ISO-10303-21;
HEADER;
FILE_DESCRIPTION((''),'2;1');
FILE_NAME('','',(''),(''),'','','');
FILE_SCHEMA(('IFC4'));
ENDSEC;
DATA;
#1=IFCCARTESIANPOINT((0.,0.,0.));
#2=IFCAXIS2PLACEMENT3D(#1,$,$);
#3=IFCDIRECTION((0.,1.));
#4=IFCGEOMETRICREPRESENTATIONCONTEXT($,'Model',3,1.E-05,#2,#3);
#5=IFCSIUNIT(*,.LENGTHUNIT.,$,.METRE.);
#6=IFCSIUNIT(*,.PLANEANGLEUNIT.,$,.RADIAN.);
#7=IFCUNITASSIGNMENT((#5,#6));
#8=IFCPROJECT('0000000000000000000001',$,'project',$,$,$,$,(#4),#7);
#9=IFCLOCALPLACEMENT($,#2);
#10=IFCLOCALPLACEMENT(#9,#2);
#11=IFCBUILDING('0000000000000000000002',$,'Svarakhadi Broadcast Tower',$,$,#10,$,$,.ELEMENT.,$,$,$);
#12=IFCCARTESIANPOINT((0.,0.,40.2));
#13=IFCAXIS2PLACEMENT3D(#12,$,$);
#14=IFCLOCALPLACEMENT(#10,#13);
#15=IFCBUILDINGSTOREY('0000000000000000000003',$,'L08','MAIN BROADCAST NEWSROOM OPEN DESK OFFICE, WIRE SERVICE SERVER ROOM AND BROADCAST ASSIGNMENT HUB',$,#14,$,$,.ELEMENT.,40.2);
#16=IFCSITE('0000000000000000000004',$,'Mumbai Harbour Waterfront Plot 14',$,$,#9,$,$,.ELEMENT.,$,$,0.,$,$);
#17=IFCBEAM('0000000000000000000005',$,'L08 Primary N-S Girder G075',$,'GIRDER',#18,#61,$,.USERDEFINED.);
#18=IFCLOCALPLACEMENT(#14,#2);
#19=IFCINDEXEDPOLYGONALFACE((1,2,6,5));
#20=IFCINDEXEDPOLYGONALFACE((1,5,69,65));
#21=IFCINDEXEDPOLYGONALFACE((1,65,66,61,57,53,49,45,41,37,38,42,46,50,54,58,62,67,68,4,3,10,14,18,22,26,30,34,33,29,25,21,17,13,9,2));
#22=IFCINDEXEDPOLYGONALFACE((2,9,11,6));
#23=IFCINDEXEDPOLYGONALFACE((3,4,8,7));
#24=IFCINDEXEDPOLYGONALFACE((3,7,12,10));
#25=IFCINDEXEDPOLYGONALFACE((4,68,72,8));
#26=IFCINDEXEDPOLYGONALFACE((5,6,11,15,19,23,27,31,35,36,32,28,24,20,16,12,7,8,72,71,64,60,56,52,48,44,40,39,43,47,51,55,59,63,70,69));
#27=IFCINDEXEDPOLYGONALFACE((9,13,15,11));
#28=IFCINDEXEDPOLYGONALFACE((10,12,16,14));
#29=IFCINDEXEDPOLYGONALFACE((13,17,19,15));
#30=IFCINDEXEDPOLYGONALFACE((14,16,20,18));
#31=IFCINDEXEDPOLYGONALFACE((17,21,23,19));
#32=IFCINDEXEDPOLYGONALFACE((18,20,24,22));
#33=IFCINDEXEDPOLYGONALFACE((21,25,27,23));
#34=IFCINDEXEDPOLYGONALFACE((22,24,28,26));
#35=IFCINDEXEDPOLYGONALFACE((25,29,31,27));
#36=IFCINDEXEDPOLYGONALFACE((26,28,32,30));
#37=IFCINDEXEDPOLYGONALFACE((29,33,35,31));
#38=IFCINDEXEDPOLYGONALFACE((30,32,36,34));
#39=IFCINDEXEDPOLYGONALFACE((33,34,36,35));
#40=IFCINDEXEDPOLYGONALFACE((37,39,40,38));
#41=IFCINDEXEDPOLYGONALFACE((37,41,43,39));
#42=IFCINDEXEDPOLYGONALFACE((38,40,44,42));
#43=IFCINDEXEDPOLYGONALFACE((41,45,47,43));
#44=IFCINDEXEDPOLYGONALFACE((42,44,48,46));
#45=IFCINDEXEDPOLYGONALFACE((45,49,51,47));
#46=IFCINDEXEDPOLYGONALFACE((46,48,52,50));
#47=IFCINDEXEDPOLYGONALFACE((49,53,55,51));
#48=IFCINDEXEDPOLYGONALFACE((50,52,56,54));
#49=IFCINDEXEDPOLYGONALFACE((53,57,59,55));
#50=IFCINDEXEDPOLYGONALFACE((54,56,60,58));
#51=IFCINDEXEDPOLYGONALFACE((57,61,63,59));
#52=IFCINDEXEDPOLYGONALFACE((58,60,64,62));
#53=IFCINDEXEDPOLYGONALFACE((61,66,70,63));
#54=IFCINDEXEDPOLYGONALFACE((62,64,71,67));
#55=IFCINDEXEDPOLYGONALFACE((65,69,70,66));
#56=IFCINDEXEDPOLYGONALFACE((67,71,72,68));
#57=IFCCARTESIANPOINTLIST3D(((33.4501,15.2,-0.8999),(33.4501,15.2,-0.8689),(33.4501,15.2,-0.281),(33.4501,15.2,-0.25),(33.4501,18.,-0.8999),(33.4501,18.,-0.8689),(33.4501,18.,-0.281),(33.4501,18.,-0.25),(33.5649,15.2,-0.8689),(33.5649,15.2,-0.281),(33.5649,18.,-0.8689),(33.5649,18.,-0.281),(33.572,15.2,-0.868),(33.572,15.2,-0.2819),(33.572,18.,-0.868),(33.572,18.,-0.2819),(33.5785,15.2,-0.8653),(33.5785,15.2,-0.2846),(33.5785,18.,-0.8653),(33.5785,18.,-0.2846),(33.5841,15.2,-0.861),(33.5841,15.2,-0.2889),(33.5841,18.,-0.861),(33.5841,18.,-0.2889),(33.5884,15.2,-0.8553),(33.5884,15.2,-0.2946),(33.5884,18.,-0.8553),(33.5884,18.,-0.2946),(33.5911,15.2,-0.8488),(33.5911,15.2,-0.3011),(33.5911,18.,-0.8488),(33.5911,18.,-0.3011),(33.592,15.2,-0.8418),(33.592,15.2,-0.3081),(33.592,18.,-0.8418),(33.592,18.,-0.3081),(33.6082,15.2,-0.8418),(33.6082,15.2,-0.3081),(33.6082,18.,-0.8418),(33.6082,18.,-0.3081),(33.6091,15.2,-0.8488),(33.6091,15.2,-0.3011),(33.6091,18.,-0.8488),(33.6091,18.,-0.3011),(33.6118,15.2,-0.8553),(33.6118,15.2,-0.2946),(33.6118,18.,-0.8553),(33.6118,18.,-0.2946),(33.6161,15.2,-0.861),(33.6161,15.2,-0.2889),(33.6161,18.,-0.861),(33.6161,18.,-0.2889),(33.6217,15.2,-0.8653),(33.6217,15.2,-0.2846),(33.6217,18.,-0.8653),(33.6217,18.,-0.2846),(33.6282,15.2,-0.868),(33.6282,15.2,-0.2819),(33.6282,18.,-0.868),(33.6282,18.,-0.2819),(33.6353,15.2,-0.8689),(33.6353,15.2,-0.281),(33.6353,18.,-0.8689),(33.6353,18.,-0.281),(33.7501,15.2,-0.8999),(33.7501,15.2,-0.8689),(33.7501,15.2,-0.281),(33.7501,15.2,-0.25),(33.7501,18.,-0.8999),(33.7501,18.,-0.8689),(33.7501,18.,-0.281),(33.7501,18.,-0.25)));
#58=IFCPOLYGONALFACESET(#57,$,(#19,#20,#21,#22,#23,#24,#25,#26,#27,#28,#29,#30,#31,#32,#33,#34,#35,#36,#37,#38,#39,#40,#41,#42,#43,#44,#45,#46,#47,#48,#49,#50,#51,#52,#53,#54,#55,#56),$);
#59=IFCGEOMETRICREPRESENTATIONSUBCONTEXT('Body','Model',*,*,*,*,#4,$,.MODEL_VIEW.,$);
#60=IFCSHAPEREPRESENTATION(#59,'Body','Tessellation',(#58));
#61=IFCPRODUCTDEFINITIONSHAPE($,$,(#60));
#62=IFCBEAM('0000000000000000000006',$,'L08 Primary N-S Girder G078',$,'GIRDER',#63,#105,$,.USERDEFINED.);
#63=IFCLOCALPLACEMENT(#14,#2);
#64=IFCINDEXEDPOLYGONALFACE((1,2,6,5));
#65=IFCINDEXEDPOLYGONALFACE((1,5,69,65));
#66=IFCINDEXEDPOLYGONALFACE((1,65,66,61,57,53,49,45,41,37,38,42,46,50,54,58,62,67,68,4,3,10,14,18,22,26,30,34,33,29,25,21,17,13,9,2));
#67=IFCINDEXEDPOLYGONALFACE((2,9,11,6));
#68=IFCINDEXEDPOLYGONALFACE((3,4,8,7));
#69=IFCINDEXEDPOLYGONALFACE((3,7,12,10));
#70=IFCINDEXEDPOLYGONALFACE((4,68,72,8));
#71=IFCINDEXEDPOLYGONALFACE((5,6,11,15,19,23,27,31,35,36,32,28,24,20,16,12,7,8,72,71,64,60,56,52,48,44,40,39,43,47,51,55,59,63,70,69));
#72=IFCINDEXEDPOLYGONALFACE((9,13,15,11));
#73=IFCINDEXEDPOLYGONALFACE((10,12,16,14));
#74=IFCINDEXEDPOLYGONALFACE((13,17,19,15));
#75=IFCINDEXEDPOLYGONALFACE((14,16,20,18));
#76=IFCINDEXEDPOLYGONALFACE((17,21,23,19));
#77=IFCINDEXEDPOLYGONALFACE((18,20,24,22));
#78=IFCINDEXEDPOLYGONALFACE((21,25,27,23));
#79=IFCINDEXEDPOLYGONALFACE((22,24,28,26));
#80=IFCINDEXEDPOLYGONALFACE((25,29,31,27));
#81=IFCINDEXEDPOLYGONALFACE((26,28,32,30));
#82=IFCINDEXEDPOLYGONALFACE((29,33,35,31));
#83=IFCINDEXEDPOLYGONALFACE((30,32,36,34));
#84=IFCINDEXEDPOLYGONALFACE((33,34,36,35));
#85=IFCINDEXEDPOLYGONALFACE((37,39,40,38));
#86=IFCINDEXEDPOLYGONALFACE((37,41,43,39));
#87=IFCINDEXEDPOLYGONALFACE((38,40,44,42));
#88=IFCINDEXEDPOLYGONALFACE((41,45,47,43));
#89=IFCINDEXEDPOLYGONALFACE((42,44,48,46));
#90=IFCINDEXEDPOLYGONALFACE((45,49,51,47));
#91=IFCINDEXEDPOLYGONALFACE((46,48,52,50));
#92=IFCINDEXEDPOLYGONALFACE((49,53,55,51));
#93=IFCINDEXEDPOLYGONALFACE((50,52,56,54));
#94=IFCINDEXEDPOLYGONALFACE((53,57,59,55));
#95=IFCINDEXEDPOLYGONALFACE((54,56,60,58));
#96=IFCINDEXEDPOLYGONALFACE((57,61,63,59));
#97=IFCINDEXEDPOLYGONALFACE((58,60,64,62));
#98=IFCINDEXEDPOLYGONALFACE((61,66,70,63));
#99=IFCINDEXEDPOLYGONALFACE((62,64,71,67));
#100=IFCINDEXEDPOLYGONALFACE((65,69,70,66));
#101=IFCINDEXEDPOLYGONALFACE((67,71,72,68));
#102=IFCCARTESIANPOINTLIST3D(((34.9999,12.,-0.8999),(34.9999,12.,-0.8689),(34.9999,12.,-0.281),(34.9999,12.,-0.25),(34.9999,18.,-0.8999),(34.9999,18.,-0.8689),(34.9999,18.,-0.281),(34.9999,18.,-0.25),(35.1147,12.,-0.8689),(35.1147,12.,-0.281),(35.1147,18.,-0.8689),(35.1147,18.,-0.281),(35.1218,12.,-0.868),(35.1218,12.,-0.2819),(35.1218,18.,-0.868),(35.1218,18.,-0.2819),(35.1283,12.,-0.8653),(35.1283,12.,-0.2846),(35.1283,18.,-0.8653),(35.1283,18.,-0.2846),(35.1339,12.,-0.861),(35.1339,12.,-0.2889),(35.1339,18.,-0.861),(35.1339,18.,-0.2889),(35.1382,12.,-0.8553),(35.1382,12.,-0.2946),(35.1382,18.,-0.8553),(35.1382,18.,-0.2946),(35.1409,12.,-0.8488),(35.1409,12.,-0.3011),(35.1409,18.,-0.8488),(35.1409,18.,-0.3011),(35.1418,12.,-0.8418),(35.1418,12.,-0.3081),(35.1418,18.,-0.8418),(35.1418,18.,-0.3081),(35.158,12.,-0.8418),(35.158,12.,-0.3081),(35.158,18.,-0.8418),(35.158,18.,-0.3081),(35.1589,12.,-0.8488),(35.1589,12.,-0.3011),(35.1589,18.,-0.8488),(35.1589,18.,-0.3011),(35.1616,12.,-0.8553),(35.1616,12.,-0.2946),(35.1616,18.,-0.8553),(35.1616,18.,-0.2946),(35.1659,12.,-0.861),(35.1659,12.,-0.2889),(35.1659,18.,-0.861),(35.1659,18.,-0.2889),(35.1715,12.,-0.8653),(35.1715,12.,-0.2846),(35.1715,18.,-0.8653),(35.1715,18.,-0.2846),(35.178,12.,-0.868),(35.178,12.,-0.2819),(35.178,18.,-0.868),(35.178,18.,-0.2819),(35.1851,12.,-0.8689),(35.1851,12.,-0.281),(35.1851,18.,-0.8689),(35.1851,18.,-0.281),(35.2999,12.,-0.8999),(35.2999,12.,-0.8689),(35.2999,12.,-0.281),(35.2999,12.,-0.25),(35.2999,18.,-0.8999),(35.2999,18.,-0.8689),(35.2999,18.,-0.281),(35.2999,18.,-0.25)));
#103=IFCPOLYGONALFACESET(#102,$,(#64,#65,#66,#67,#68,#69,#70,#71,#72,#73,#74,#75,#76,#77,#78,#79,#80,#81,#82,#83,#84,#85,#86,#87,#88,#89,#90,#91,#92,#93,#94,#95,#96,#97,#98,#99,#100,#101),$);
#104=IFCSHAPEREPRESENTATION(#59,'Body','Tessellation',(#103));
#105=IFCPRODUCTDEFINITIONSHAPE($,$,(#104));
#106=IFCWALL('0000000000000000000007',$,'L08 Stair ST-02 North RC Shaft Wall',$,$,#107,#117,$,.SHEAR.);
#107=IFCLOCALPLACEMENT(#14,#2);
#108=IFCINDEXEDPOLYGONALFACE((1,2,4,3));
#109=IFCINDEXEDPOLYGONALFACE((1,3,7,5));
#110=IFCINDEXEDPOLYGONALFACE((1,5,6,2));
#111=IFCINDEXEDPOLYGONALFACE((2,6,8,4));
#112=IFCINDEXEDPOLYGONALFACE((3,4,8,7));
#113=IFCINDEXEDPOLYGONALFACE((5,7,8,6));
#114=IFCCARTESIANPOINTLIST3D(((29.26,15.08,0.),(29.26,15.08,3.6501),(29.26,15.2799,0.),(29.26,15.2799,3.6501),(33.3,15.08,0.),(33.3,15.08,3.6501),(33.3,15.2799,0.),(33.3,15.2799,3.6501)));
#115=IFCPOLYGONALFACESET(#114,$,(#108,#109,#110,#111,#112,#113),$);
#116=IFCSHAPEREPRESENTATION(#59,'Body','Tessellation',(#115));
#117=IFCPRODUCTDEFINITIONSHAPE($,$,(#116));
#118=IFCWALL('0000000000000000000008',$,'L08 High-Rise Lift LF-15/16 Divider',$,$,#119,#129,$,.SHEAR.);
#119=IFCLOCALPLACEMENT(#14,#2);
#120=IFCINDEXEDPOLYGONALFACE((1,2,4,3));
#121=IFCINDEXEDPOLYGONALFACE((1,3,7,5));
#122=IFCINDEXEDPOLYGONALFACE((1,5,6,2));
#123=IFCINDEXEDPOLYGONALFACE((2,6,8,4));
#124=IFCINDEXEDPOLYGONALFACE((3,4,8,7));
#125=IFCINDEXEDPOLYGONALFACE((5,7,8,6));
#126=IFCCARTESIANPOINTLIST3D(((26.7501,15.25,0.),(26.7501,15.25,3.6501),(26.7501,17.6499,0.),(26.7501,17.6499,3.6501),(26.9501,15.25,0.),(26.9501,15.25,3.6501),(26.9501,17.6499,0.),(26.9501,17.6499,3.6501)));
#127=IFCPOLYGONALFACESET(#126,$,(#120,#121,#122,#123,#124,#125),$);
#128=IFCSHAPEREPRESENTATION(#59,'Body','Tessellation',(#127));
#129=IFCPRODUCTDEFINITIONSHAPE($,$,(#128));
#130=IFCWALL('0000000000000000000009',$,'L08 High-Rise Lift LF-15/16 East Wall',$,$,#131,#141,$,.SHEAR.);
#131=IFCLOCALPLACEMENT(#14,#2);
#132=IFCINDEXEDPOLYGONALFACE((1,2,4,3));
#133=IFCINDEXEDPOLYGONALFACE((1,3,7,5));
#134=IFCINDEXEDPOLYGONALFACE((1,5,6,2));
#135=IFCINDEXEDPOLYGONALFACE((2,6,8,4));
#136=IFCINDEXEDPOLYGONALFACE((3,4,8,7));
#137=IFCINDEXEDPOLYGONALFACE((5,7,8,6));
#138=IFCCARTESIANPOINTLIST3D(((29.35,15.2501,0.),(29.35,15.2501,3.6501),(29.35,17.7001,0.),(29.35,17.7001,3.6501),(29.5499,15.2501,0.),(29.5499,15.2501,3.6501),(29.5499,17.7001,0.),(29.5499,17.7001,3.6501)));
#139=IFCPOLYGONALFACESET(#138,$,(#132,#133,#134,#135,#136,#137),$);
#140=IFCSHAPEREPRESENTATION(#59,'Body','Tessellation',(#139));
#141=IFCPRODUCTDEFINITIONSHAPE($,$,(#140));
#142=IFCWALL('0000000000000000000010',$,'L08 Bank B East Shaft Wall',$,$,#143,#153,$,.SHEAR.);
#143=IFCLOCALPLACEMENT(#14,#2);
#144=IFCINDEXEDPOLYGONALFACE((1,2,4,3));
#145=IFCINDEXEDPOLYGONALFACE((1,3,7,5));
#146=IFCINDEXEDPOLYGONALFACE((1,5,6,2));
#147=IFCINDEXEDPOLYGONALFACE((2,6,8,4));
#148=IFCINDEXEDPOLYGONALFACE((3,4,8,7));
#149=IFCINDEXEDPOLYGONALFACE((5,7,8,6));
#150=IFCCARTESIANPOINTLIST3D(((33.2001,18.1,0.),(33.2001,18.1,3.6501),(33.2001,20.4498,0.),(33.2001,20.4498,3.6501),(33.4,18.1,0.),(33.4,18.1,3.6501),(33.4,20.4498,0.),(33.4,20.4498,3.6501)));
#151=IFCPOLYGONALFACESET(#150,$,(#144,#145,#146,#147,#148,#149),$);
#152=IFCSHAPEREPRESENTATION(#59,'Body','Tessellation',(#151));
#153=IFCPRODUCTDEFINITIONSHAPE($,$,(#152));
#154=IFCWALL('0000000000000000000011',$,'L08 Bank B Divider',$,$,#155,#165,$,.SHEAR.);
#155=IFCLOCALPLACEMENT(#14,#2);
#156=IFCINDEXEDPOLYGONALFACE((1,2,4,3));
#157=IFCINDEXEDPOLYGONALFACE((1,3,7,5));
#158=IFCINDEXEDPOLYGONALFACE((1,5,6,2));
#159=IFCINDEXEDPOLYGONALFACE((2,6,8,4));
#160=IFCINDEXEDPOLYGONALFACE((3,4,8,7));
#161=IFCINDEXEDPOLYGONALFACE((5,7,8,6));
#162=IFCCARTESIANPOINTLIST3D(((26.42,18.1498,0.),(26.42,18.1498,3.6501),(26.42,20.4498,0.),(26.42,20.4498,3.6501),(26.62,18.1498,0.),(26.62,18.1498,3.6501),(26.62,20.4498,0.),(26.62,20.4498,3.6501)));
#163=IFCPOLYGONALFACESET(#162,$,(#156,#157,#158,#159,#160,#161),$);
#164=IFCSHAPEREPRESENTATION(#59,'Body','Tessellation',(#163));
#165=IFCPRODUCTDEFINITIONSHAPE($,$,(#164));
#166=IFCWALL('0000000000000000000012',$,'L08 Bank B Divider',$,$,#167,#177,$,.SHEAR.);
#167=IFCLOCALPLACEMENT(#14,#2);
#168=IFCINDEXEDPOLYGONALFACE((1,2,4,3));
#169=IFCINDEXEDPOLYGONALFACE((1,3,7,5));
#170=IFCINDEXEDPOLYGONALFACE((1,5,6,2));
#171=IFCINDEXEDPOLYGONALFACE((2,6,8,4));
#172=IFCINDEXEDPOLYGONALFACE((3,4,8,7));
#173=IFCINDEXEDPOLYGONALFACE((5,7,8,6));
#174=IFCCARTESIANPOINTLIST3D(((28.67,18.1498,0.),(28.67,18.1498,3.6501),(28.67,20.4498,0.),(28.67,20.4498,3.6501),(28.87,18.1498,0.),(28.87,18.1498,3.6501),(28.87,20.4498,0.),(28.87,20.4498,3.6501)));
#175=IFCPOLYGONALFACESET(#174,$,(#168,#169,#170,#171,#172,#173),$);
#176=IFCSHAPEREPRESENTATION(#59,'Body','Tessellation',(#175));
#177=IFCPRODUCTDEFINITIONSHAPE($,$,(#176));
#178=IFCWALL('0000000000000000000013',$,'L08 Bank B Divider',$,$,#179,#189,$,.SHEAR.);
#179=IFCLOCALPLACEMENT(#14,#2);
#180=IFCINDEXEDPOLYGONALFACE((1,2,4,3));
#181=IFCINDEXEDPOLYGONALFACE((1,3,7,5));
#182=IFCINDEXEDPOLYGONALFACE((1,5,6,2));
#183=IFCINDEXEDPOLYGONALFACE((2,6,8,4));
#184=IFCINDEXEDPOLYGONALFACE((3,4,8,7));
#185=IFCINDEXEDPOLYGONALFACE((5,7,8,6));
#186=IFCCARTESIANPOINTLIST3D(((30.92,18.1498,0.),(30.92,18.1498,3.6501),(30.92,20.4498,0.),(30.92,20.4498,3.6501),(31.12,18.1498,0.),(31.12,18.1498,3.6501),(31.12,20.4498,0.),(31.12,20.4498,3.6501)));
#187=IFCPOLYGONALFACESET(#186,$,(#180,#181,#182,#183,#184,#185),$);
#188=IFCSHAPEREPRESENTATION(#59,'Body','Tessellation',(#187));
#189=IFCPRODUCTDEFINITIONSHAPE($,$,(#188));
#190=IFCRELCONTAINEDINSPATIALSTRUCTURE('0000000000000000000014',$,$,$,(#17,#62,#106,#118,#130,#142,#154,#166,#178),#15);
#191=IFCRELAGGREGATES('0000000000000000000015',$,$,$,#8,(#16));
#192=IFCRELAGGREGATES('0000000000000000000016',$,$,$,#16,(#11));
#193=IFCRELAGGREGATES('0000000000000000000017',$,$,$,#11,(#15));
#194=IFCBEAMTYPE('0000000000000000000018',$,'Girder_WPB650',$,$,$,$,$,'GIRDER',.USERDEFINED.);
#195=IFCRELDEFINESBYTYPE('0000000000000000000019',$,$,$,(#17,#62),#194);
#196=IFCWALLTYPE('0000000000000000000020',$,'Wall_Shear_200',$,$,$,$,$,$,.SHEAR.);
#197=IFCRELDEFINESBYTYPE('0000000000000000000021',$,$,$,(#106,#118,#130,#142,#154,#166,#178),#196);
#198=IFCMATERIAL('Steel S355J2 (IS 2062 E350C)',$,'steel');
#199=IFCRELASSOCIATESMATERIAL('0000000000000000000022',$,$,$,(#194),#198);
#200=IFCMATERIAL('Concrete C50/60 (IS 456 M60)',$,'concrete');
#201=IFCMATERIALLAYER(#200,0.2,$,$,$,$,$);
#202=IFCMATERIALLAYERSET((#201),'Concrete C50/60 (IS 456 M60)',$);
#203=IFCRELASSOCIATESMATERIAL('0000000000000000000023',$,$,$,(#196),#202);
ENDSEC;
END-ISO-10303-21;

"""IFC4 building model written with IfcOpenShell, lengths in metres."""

from ifc_helpers import new_model, si_unit, direction, frame, frame_2d, origin, origin_2d, place, context, subcontext, project, spatial, rectangle, i_section, extrude, material, layer, layer_set, material_profile, profile_set, type_object, element, save


model = new_model("IFC4")

# Units and contexts
model_context = context("Model", 3, precision=1e-05, world=origin(), true_north=direction((0.0, 1.0)))
body_context = subcontext(model_context, "Body", "Model", "MODEL_VIEW")
ifc_project = project(units=[si_unit("LENGTHUNIT", "METRE"), si_unit("PLANEANGLEUNIT", "RADIAN")], contexts=[model_context])

# Site, building, storey
site_placement = place(None, origin())
site = spatial("IfcSite", under=ifc_project, at=site_placement, Name="Mumbai Harbour Waterfront Plot 14", CompositionType="ELEMENT", RefElevation=0.0)
building_placement = place(site_placement, origin())
building = spatial("IfcBuilding", under=site, at=building_placement, Name="Svarakhadi Broadcast Tower", CompositionType="ELEMENT")
storey_placement = place(building_placement, frame((0.0, 0.0, 40.2)))
storey = spatial("IfcBuildingStorey", under=building, at=storey_placement, Name="L08", Description="MAIN BROADCAST NEWSROOM OPEN DESK OFFICE, WIRE SERVICE SERVER ROOM AND BROADCAST ASSIGNMENT HUB", CompositionType="ELEMENT", Elevation=40.2)

# Beams
ifc_material_1 = material(Name="Steel S355J2 (IS 2062 E350C)", Category="steel")
ifc_material_profile_1 = material_profile(ifc_material_1, i_section(OverallWidth=0.3, OverallDepth=0.6499, WebThickness=0.0161, FlangeThickness=0.031, FilletRadius=0.0271, at=origin_2d()), Name="WPB 650x300x225")
ifc_profile_set_1 = profile_set([ifc_material_profile_1], Name="Steel S355J2 (IS 2062 E350C)")
beam_type = type_object("IfcBeamType", Name="Girder_WPB650", ElementType="GIRDER", PredefinedType="USERDEFINED", material=ifc_profile_set_1)
beam_1_placement = place(storey_placement, frame((33.6001, 15.2, -0.575), z_axis=(0.0, 1.0, 0.0), x_axis=(-1.0, 0.0, 0.0)))
element("IfcBeam", 1, at=beam_1_placement, inside=storey, type_object=beam_type, Name="L08 Primary N-S Girder G075", ObjectType="GIRDER", PredefinedType="USERDEFINED", context=body_context, shape_type="SweptSolid", body=[
    extrude(i_section(OverallWidth=0.3, OverallDepth=0.6499, WebThickness=0.0161, FlangeThickness=0.031, FilletRadius=0.0271, at=origin_2d()), origin(), (0.0, 0.0, 1.0), 2.8),
])
beam_2_placement = place(storey_placement, frame((35.1499, 12.0, -0.575), z_axis=(0.0, 1.0, 0.0), x_axis=(-1.0, 0.0, 0.0)))
element("IfcBeam", 2, at=beam_2_placement, inside=storey, type_object=beam_type, Name="L08 Primary N-S Girder G078", ObjectType="GIRDER", PredefinedType="USERDEFINED", context=body_context, shape_type="SweptSolid", body=[
    extrude(i_section(OverallWidth=0.3, OverallDepth=0.6499, WebThickness=0.0161, FlangeThickness=0.031, FilletRadius=0.0271, at=origin_2d()), origin(), (0.0, 0.0, 1.0), 6.0),
])

# Walls
ifc_material_2 = material(Name="Concrete C50/60 (IS 456 M60)", Category="concrete")
ifc_layer = layer(ifc_material_2, 0.2)
ifc_layer_set = layer_set([ifc_layer], Name="Concrete C50/60 (IS 456 M60)")
wall_type = type_object("IfcWallType", Name="Wall_Shear_200", PredefinedType="SHEAR", material=ifc_layer_set)
wall_1_placement = place(storey_placement, frame((29.26, 15.1799, 0.0), z_axis=(0.0, 0.0, 1.0), x_axis=(1.0, 0.0, 0.0)))
element("IfcWall", 3, at=wall_1_placement, inside=storey, type_object=wall_type, Name="L08 Stair ST-02 North RC Shaft Wall", PredefinedType="SHEAR", context=body_context, shape_type="SweptSolid", body=[
    extrude(rectangle(XDim=4.04, YDim=0.2, at=frame_2d((2.02, 0.0))), origin(), (0.0, 0.0, 1.0), 3.6501),
])
wall_2_placement = place(storey_placement, frame((26.8501, 15.25, 0.0), z_axis=(0.0, 0.0, 1.0), x_axis=(0.0, 1.0, 0.0)))
element("IfcWall", 4, at=wall_2_placement, inside=storey, type_object=wall_type, Name="L08 High-Rise Lift LF-15/16 Divider", PredefinedType="SHEAR", context=body_context, shape_type="SweptSolid", body=[
    extrude(rectangle(XDim=2.3999, YDim=0.2, at=frame_2d((1.2, 0.0))), origin(), (0.0, 0.0, 1.0), 3.6501),
])
wall_3_placement = place(storey_placement, frame((29.45, 15.25, 0.0), z_axis=(0.0, 0.0, 1.0), x_axis=(0.0, 1.0, 0.0)))
element("IfcWall", 5, at=wall_3_placement, inside=storey, type_object=wall_type, Name="L08 High-Rise Lift LF-15/16 East Wall", PredefinedType="SHEAR", context=body_context, shape_type="SweptSolid", body=[
    extrude(rectangle(XDim=2.45, YDim=0.2, at=frame_2d((1.2251, 0.0))), origin(), (0.0, 0.0, 1.0), 3.6501),
])
wall_4_placement = place(storey_placement, frame((33.3, 18.1001, 0.0), z_axis=(0.0, 0.0, 1.0), x_axis=(0.0, 1.0, 0.0)))
element("IfcWall", 6, at=wall_4_placement, inside=storey, type_object=wall_type, Name="L08 Bank B East Shaft Wall", PredefinedType="SHEAR", context=body_context, shape_type="SweptSolid", body=[
    extrude(rectangle(XDim=2.3499, YDim=0.2, at=frame_2d((1.1748, 0.0))), origin(), (0.0, 0.0, 1.0), 3.6501),
])
for number, where, z_axis, x_axis, name in (
    (7, (26.52, 18.1499, 0.0), (0.0, 0.0, 1.0), (0.0, 1.0, 0.0), "L08 Bank B Divider"),
    (8, (28.77, 18.1499, 0.0), (0.0, 0.0, 1.0), (0.0, 1.0, 0.0), "L08 Bank B Divider"),
    (9, (31.02, 18.1499, 0.0), (0.0, 0.0, 1.0), (0.0, 1.0, 0.0), "L08 Bank B Divider"),
):
    element("IfcWall", number, at=place(storey_placement, frame(where, z_axis=z_axis, x_axis=x_axis)), inside=storey, type_object=wall_type, Name=name, PredefinedType="SHEAR", context=body_context, shape_type="SweptSolid", body=[
        extrude(rectangle(XDim=2.3, YDim=0.2, at=frame_2d((1.1499, 0.0))), origin(), (0.0, 0.0, 1.0), 3.6501),
    ])

save(model, "model.ifc")
